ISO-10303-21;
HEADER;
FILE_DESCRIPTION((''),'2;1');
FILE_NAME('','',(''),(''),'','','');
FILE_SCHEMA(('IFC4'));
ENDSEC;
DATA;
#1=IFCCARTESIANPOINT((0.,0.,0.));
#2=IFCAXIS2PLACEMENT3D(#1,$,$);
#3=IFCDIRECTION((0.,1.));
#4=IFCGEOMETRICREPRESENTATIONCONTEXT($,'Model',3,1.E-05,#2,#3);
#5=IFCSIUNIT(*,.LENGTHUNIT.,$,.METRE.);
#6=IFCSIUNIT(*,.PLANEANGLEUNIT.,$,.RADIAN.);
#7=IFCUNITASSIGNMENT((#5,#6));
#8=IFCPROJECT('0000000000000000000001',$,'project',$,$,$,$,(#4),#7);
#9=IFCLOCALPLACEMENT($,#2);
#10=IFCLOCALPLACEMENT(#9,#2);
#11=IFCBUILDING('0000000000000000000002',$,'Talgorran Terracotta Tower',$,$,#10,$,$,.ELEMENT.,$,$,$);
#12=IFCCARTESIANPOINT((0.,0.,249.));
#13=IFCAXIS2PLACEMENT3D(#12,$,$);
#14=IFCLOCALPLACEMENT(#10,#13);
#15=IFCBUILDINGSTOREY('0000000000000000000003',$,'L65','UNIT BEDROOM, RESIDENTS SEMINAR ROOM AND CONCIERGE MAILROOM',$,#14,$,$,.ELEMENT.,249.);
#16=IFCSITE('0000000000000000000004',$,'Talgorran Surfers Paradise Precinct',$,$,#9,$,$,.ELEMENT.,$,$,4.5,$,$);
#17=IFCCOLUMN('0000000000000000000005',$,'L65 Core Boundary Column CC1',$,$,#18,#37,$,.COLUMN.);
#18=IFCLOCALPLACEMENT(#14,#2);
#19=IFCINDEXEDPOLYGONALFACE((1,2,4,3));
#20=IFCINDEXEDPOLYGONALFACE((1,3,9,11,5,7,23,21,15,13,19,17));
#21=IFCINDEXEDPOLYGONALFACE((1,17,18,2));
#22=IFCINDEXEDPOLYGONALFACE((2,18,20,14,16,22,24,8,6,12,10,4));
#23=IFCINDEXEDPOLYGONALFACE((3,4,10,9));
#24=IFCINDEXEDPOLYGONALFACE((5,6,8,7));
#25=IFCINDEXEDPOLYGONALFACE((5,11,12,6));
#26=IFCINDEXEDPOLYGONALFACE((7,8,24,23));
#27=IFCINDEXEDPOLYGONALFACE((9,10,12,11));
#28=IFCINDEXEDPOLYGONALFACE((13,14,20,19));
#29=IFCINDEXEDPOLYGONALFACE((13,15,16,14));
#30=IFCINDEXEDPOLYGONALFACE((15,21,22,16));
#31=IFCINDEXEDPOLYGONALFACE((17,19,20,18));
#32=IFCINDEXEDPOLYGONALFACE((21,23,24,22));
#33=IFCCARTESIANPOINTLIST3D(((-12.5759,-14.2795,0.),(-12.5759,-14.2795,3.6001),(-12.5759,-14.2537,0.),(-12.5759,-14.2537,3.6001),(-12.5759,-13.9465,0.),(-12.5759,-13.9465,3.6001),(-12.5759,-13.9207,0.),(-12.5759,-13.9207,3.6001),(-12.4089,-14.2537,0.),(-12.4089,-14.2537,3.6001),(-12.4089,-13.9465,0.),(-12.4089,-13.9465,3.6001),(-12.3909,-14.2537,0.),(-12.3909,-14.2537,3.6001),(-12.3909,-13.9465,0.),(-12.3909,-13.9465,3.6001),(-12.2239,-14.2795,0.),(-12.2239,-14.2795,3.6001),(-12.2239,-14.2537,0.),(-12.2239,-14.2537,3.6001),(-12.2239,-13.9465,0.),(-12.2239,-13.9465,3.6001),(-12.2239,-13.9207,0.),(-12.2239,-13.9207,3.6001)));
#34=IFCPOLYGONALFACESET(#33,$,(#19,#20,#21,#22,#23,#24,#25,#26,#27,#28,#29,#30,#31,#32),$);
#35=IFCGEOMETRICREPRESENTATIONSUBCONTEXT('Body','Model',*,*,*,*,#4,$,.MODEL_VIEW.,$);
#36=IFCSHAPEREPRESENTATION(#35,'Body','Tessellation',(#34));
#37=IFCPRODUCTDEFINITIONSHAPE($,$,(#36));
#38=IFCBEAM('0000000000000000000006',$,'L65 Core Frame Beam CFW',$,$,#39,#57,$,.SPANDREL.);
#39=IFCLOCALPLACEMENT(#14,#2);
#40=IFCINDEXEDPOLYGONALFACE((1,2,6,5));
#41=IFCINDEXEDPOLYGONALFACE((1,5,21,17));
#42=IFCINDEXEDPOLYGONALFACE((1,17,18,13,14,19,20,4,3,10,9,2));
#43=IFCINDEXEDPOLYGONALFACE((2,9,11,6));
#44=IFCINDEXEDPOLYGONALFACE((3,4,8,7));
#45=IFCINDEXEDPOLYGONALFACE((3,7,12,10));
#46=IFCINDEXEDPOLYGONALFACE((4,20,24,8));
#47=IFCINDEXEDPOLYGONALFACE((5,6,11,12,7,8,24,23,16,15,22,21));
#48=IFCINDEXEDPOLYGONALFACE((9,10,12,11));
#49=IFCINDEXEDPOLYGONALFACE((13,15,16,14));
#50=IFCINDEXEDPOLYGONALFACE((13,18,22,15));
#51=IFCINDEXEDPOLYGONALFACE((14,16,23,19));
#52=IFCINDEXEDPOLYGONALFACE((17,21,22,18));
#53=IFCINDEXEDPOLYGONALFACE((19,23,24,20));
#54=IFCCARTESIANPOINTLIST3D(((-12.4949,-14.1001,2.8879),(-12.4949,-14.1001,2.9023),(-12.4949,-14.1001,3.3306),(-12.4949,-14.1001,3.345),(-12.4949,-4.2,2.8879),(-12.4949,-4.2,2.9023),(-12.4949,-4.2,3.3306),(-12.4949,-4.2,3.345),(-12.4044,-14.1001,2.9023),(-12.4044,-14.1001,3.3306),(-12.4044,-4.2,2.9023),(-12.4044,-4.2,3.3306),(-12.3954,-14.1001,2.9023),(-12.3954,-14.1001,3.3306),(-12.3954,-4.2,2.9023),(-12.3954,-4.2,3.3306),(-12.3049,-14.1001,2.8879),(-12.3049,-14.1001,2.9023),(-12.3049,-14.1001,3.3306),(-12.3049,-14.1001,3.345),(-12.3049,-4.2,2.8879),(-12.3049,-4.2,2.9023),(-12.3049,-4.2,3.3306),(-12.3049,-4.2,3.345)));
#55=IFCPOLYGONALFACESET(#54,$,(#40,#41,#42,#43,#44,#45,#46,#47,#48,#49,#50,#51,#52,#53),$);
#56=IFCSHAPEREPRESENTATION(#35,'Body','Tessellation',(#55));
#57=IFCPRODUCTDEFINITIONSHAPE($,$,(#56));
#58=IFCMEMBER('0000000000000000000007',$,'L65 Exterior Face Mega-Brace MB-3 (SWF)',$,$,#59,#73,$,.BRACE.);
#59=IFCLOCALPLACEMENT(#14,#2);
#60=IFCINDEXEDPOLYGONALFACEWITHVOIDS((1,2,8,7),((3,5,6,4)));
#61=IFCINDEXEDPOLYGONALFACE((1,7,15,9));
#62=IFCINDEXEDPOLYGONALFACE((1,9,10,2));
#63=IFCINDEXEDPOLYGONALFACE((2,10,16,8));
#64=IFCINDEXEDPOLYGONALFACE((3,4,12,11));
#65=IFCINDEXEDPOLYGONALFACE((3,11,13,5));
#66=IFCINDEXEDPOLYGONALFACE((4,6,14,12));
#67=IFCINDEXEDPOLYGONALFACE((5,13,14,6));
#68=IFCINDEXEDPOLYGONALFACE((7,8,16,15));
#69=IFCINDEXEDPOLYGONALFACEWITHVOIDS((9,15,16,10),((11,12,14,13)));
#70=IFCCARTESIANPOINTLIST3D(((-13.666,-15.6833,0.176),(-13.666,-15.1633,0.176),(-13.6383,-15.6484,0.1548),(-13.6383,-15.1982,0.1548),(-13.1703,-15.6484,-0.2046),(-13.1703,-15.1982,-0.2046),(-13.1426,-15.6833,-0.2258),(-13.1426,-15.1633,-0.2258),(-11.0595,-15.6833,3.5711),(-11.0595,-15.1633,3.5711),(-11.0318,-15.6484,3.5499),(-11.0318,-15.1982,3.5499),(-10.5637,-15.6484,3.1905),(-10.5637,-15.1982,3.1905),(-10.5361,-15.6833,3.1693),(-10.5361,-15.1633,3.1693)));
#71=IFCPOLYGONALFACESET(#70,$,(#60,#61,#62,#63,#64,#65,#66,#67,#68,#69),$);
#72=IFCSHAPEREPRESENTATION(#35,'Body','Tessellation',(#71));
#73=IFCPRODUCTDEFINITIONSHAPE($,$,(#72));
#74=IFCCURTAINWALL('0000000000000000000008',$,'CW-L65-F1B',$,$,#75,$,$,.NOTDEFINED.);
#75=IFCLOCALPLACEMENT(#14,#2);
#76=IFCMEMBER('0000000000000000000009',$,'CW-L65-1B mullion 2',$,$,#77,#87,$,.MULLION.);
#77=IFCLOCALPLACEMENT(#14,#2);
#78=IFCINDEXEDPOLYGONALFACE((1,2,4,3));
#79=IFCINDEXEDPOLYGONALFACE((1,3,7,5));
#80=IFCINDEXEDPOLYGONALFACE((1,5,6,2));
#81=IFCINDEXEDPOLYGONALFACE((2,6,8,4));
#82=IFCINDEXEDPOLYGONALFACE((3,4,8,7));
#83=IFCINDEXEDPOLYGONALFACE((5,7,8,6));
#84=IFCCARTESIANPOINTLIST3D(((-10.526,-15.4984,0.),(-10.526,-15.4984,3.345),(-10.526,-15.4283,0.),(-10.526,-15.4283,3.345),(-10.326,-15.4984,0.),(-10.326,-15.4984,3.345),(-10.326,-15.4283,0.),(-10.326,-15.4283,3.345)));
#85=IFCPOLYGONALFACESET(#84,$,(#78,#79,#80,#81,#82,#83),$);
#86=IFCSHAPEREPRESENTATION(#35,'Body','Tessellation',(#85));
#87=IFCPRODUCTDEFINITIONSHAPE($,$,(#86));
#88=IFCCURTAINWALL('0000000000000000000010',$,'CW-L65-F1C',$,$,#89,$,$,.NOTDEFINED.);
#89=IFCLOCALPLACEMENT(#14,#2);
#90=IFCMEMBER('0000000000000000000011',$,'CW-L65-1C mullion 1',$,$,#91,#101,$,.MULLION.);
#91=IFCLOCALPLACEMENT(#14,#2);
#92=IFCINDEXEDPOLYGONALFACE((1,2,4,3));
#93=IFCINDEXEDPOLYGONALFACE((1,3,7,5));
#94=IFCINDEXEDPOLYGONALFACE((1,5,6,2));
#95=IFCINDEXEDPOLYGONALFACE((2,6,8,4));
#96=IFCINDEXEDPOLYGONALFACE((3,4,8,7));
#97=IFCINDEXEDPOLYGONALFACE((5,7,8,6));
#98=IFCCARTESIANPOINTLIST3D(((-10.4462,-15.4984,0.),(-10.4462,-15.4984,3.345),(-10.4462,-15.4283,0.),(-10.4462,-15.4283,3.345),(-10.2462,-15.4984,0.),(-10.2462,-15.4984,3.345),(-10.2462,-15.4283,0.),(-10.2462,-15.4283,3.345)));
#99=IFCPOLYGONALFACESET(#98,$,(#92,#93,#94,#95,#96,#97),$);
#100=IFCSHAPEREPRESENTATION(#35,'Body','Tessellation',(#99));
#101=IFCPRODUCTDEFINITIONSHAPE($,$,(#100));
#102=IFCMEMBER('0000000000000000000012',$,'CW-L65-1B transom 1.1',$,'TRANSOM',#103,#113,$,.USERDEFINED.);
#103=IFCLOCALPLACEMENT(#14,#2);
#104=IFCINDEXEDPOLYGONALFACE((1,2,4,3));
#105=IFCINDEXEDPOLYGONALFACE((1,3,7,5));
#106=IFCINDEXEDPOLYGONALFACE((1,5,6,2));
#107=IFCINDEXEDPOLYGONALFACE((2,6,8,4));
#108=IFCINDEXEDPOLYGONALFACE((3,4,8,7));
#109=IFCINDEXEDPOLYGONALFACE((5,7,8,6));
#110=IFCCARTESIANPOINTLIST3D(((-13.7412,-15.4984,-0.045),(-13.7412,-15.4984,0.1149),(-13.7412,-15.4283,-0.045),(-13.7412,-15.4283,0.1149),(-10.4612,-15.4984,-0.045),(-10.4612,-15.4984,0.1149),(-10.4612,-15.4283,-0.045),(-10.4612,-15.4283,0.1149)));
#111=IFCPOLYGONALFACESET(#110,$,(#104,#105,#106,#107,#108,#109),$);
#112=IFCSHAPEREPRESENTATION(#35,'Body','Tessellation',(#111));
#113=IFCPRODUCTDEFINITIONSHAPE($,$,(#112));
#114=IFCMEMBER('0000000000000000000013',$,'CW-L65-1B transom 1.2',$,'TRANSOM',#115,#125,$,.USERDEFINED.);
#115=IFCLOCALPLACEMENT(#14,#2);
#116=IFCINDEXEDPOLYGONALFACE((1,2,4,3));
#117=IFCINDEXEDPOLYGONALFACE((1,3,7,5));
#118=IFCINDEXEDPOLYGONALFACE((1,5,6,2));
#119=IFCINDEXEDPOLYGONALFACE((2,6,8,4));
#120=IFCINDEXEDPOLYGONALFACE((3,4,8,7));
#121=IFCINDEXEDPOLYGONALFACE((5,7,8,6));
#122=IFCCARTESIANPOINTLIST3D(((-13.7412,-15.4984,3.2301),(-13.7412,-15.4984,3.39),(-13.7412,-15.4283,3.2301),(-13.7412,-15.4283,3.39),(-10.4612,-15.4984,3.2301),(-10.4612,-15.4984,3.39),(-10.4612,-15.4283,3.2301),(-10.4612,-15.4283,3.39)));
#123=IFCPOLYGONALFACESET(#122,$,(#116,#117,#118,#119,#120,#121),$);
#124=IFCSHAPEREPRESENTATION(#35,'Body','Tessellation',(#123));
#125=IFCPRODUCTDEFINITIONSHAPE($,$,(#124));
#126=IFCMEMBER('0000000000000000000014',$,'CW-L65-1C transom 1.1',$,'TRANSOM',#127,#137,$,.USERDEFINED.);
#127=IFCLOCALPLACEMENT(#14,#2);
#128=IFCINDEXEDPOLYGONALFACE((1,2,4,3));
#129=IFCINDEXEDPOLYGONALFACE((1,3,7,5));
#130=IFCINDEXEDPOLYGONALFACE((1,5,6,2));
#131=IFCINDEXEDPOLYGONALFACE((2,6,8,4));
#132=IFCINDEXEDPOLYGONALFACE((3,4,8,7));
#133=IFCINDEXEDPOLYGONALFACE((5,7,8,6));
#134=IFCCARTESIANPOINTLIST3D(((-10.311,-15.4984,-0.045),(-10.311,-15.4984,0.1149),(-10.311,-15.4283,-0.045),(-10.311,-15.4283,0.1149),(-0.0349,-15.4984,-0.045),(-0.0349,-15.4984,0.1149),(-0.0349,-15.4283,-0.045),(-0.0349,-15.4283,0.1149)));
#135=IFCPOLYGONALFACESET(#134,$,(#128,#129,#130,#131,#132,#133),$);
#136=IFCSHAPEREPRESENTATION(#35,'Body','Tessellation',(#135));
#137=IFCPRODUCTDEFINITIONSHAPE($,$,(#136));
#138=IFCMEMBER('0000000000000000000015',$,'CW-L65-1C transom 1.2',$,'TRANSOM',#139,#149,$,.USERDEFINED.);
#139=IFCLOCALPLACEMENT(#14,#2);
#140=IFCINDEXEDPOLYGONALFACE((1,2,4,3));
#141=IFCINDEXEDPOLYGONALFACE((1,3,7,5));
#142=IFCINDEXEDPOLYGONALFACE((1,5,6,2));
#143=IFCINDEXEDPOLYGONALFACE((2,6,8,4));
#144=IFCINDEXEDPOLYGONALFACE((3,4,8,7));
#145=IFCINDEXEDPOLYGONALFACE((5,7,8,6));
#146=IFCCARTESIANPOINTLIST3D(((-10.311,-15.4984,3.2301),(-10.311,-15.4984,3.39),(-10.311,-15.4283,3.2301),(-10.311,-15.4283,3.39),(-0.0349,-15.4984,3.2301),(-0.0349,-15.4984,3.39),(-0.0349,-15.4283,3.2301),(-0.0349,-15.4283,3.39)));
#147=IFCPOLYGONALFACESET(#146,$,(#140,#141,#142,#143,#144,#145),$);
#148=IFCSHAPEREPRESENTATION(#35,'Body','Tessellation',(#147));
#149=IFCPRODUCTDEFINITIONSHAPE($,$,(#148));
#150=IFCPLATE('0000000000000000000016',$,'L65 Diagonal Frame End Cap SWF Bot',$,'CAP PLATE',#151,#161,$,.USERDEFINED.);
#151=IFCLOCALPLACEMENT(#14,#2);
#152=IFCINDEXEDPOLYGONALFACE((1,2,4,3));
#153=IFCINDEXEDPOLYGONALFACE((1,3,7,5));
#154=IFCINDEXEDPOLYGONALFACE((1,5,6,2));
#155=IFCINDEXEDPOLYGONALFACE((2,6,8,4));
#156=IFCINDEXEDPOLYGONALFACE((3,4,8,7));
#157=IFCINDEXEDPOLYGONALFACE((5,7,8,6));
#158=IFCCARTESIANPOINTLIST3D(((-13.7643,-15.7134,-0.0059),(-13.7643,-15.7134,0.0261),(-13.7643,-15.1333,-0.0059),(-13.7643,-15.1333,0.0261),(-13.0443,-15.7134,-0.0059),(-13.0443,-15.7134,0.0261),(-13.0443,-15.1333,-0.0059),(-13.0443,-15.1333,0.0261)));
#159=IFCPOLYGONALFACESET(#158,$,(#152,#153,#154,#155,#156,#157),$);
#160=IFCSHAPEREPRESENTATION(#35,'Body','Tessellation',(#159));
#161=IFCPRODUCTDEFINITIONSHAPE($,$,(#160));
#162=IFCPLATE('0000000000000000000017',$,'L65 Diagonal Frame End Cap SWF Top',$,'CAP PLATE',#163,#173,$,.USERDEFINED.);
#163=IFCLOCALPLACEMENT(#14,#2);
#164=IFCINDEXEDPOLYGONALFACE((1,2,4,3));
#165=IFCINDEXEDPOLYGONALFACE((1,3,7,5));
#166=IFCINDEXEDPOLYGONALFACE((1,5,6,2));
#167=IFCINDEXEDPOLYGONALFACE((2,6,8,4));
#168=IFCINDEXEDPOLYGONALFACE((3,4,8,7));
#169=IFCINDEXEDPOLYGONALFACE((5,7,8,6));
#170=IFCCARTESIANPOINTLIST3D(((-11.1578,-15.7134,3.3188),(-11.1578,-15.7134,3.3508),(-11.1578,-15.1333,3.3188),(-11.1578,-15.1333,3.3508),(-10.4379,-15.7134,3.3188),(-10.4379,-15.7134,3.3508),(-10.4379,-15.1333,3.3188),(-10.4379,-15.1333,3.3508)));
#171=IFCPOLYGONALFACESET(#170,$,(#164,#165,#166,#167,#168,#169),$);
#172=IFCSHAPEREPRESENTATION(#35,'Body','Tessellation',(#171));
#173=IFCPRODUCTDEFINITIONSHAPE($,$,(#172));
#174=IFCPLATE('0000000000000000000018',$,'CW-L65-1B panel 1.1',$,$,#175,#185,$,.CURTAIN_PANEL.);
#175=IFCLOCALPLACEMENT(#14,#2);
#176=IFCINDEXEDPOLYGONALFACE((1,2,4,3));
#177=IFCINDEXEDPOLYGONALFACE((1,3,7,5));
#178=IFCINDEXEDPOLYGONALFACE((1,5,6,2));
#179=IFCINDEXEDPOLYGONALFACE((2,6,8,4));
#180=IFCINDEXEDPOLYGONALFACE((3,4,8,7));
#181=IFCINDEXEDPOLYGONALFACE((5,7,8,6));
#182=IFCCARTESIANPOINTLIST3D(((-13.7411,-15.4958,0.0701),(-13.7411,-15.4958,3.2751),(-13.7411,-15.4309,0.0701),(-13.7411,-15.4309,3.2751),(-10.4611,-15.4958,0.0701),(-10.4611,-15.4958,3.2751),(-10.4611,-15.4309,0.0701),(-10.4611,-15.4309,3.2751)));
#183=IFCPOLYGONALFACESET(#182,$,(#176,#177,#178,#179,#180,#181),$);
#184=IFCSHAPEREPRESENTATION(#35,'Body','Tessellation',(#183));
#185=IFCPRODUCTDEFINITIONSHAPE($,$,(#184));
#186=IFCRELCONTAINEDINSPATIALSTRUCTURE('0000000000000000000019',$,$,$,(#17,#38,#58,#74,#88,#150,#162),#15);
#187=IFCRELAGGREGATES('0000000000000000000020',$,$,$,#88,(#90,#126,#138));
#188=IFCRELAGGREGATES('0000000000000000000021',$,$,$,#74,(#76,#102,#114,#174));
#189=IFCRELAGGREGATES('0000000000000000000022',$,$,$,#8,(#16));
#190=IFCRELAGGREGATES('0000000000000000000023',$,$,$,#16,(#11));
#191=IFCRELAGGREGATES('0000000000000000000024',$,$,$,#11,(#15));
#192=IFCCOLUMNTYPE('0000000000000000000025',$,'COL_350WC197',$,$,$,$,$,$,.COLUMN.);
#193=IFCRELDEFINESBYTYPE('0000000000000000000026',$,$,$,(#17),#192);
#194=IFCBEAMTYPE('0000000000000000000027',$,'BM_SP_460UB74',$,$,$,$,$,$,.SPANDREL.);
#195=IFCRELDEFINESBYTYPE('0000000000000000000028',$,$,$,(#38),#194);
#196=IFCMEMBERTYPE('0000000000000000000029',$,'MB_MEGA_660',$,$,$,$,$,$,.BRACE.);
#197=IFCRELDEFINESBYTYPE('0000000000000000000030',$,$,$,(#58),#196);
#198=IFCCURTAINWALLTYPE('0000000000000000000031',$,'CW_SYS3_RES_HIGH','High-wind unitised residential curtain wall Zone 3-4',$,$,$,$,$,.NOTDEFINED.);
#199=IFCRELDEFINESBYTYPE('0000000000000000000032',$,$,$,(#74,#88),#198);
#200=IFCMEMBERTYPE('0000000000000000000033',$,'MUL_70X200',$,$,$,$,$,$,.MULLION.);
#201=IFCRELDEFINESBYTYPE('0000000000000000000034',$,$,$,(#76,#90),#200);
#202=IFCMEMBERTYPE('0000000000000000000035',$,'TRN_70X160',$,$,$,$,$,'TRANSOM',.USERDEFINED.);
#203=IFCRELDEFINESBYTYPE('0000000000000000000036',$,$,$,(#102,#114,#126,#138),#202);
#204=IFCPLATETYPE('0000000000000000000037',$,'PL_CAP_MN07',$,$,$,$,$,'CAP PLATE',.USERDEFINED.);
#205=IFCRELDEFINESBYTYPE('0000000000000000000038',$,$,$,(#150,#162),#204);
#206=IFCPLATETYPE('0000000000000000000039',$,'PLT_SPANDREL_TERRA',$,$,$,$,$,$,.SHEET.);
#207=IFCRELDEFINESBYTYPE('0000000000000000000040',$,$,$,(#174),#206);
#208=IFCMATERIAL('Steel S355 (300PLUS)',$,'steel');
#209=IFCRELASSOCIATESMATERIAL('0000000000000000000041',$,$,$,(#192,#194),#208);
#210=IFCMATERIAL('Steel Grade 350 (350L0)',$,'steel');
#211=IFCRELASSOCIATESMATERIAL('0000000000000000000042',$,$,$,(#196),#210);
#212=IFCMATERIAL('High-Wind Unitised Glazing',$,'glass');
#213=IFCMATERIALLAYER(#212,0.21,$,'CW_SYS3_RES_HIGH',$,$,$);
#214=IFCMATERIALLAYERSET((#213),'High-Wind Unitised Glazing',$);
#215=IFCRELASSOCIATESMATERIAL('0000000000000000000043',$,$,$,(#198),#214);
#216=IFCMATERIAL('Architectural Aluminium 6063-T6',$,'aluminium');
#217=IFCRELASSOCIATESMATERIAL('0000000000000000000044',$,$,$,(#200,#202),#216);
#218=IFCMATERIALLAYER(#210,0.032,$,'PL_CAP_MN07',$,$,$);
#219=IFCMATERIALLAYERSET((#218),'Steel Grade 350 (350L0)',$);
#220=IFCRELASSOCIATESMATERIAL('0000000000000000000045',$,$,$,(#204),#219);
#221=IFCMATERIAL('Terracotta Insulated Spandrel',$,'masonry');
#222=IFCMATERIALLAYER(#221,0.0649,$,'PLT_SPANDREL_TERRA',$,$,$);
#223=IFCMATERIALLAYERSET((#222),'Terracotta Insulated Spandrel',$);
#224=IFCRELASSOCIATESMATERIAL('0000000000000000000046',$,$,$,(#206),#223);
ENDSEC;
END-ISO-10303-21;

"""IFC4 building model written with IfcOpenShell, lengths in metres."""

from ifc_helpers import new_model, si_unit, direction, frame, origin, origin_2d, place, context, subcontext, project, spatial, rectangle, hollow_rectangle, i_section, extrude, source, transform, mapped, material, layer, layer_set, material_profile, profile_set, type_object, type_shapes, element, aggregate, save


model = new_model("IFC4")

# Units and contexts
model_context = context("Model", 3, precision=1e-05, world=origin(), true_north=direction((0.0, 1.0)))
body_context = subcontext(model_context, "Body", "Model", "MODEL_VIEW")
ifc_project = project(units=[si_unit("LENGTHUNIT", "METRE"), si_unit("PLANEANGLEUNIT", "RADIAN")], contexts=[model_context])

# Site, building, storey
site_placement = place(None, origin())
site = spatial("IfcSite", under=ifc_project, at=site_placement, Name="Talgorran Surfers Paradise Precinct", CompositionType="ELEMENT", RefElevation=4.5)
building_placement = place(site_placement, origin())
building = spatial("IfcBuilding", under=site, at=building_placement, Name="Talgorran Terracotta Tower", CompositionType="ELEMENT")
storey_placement = place(building_placement, frame((0.0, 0.0, 249.0)))
storey = spatial("IfcBuildingStorey", under=building, at=storey_placement, Name="L65", Description="UNIT BEDROOM, RESIDENTS SEMINAR ROOM AND CONCIERGE MAILROOM", CompositionType="ELEMENT", Elevation=249.0)

# Column
ifc_material_1 = material(Name="Steel S355 (300PLUS)", Category="steel")
ifc_material_profile_1 = material_profile(ifc_material_1, i_section(OverallWidth=0.3521, OverallDepth=0.3589, WebThickness=0.0181, FlangeThickness=0.0259, at=origin_2d()), Name="350WC197")
ifc_profile_set_1 = profile_set([ifc_material_profile_1], Name="Steel S355 (300PLUS)")
column_type = type_object("IfcColumnType", Name="COL_350WC197", PredefinedType="COLUMN", material=ifc_profile_set_1)
column_placement = place(storey_placement, frame((-12.3999, -14.1001, 0.0), z_axis=(0.0, 0.0, 1.0), x_axis=(1.0, 0.0, 0.0)))
element("IfcColumn", 1, at=column_placement, inside=storey, type_object=column_type, Name="L65 Core Boundary Column CC1", PredefinedType="COLUMN", context=body_context, shape_type="SweptSolid", body=[
    extrude(i_section(OverallWidth=0.3521, OverallDepth=0.3589, WebThickness=0.0181, FlangeThickness=0.0259, at=origin_2d()), origin(), (0.0, 0.0, 1.0), 3.6001),
])

# Beam
ifc_material_profile_2 = material_profile(ifc_material_1, i_section(OverallWidth=0.1899, OverallDepth=0.457, WebThickness=0.009, FlangeThickness=0.0144, at=origin_2d()), Name="460UB74.6")
ifc_profile_set_2 = profile_set([ifc_material_profile_2], Name="Steel S355 (300PLUS)")
beam_type = type_object("IfcBeamType", Name="BM_SP_460UB74", PredefinedType="SPANDREL", material=ifc_profile_set_2)
beam_placement = place(storey_placement, frame((-12.3999, -14.1001, 3.1165), z_axis=(0.0, 1.0, 0.0), x_axis=(-1.0, 0.0, 0.0)))
element("IfcBeam", 2, at=beam_placement, inside=storey, type_object=beam_type, Name="L65 Core Frame Beam CFW", PredefinedType="SPANDREL", context=body_context, shape_type="SweptSolid", body=[
    extrude(i_section(OverallWidth=0.1899, OverallDepth=0.457, WebThickness=0.009, FlangeThickness=0.0144, at=origin_2d()), origin(), (0.0, 0.0, 1.0), 9.9001),
])

# Member
ifc_material_2 = material(Name="Steel Grade 350 (350L0)", Category="steel")
ifc_material_profile_3 = material_profile(ifc_material_2, hollow_rectangle(XDim=0.52, YDim=0.6599, WallThickness=0.0349, at=origin_2d()), Name="WBOX660X520X35")
ifc_profile_set_3 = profile_set([ifc_material_profile_3], Name="Steel Grade 350 (350L0)")
member_type_1 = type_object("IfcMemberType", Name="MB_MEGA_660", PredefinedType="BRACE", material=ifc_profile_set_3)
member_1_placement = place(storey_placement, frame((-13.4043, -15.4233, -0.0249), z_axis=(0.608961, 0.0, 0.7932), x_axis=(0.0, 1.0, 0.0)))
element("IfcMember", 3, at=member_1_placement, inside=storey, type_object=member_type_1, Name="L65 Exterior Face Mega-Brace MB-3 (SWF)", PredefinedType="BRACE", context=body_context, shape_type="SweptSolid", body=[
    extrude(hollow_rectangle(XDim=0.52, YDim=0.6599, WallThickness=0.0349, at=origin_2d()), origin(), (0.0, 0.0, 1.0), 4.2803),
])

# Curtain walls, members
ifc_material_3 = material(Name="High-Wind Unitised Glazing", Category="glass")
ifc_layer_1 = layer(ifc_material_3, 0.21, Name="CW_SYS3_RES_HIGH")
ifc_layer_set_1 = layer_set([ifc_layer_1], Name="High-Wind Unitised Glazing")
curtain_wall_type = type_object("IfcCurtainWallType", Name="CW_SYS3_RES_HIGH", Description="High-wind unitised residential curtain wall Zone 3-4", PredefinedType="NOTDEFINED", material=ifc_layer_set_1)
curtain_wall_1_placement = place(storey_placement, origin())
curtain_wall_1 = element("IfcCurtainWall", 4, at=curtain_wall_1_placement, inside=storey, type_object=curtain_wall_type, Name="CW-L65-F1B", PredefinedType="NOTDEFINED")
ifc_material_4 = material(Name="Architectural Aluminium 6063-T6", Category="aluminium")
ifc_material_profile_4 = material_profile(ifc_material_4, rectangle(XDim=0.0701, YDim=0.2, at=origin_2d()), Name="CWM70X200")
ifc_profile_set_4 = profile_set([ifc_material_profile_4], Name="Architectural Aluminium 6063-T6")
member_type_2 = type_object("IfcMemberType", Name="MUL_70X200", PredefinedType="MULLION", material=ifc_profile_set_4)
member_2_placement = place(storey_placement, frame((-10.426, -15.4634, 0.0), z_axis=(0.0, 0.0, 1.0), x_axis=(0.0, 1.0, 0.0)))
member_2 = element("IfcMember", 5, at=member_2_placement, type_object=member_type_2, Name="CW-L65-1B mullion 2", PredefinedType="MULLION", context=body_context, shape_type="SweptSolid", body=[
    extrude(rectangle(XDim=0.0701, YDim=0.2, at=origin_2d()), origin(), (0.0, 0.0, 1.0), 3.345),
])
curtain_wall_2_placement = place(storey_placement, origin())
curtain_wall_2 = element("IfcCurtainWall", 6, at=curtain_wall_2_placement, inside=storey, type_object=curtain_wall_type, Name="CW-L65-F1C", PredefinedType="NOTDEFINED")
member_3_placement = place(storey_placement, frame((-10.3462, -15.4634, 0.0), z_axis=(0.0, 0.0, 1.0), x_axis=(0.0, 1.0, 0.0)))
member_3 = element("IfcMember", 7, at=member_3_placement, type_object=member_type_2, Name="CW-L65-1C mullion 1", PredefinedType="MULLION", context=body_context, shape_type="SweptSolid", body=[
    extrude(rectangle(XDim=0.0701, YDim=0.2, at=origin_2d()), origin(), (0.0, 0.0, 1.0), 3.345),
])

# Members
ifc_material_profile_5 = material_profile(ifc_material_4, rectangle(XDim=0.0701, YDim=0.1599, at=origin_2d()), Name="CWT70X160")
ifc_profile_set_5 = profile_set([ifc_material_profile_5], Name="Architectural Aluminium 6063-T6")
member_type_3 = type_object("IfcMemberType", Name="TRN_70X160", ElementType="TRANSOM", PredefinedType="USERDEFINED", material=ifc_profile_set_5)
member_4_placement = place(storey_placement, frame((-13.7412, -15.4634, 0.0349), z_axis=(1.0, 0.0, 0.0), x_axis=(0.0, 1.0, 0.0)))
member_4 = element("IfcMember", 8, at=member_4_placement, type_object=member_type_3, Name="CW-L65-1B transom 1.1", ObjectType="TRANSOM", PredefinedType="USERDEFINED", context=body_context, shape_type="SweptSolid", body=[
    extrude(rectangle(XDim=0.0701, YDim=0.1599, at=origin_2d()), origin(), (0.0, 0.0, 1.0), 3.28),
])
member_5_placement = place(storey_placement, frame((-13.7412, -15.4634, 3.3101), z_axis=(1.0, 0.0, 0.0), x_axis=(0.0, 1.0, 0.0)))
member_5 = element("IfcMember", 9, at=member_5_placement, type_object=member_type_3, Name="CW-L65-1B transom 1.2", ObjectType="TRANSOM", PredefinedType="USERDEFINED", context=body_context, shape_type="SweptSolid", body=[
    extrude(rectangle(XDim=0.0701, YDim=0.1599, at=origin_2d()), origin(), (0.0, 0.0, 1.0), 3.28),
])
member_6_placement = place(storey_placement, frame((-10.311, -15.4634, 0.0349), z_axis=(1.0, 0.0, 0.0), x_axis=(0.0, 1.0, 0.0)))
member_6 = element("IfcMember", 10, at=member_6_placement, type_object=member_type_3, Name="CW-L65-1C transom 1.1", ObjectType="TRANSOM", PredefinedType="USERDEFINED", context=body_context, shape_type="SweptSolid", body=[
    extrude(rectangle(XDim=0.0701, YDim=0.1599, at=origin_2d()), origin(), (0.0, 0.0, 1.0), 10.2761),
])
member_7_placement = place(storey_placement, frame((-10.311, -15.4634, 3.3101), z_axis=(1.0, 0.0, 0.0), x_axis=(0.0, 1.0, 0.0)))
member_7 = element("IfcMember", 11, at=member_7_placement, type_object=member_type_3, Name="CW-L65-1C transom 1.2", ObjectType="TRANSOM", PredefinedType="USERDEFINED", context=body_context, shape_type="SweptSolid", body=[
    extrude(rectangle(XDim=0.0701, YDim=0.1599, at=origin_2d()), origin(), (0.0, 0.0, 1.0), 10.2761),
])
aggregate(curtain_wall_2, [member_3, member_6, member_7])

# Plates
ifc_layer_2 = layer(ifc_material_2, 0.032, Name="PL_CAP_MN07")
ifc_layer_set_2 = layer_set([ifc_layer_2], Name="Steel Grade 350 (350L0)")
plate_type_1 = type_object("IfcPlateType", Name="PL_CAP_MN07", ElementType="CAP PLATE", PredefinedType="USERDEFINED", material=ifc_layer_set_2)
for number, where, z_axis, x_axis, name in (
    (12, (-13.4043, -15.4233, -0.0059), (0.0, 0.0, 1.0), (1.0, 0.0, 0.0), "L65 Diagonal Frame End Cap SWF Bot"),
    (13, (-10.7979, -15.4233, 3.3188), (0.0, 0.0, 1.0), (1.0, 0.0, 0.0), "L65 Diagonal Frame End Cap SWF Top"),
):
    element("IfcPlate", number, at=place(storey_placement, frame(where, z_axis=z_axis, x_axis=x_axis)), inside=storey, type_object=plate_type_1, Name=name, ObjectType="CAP PLATE", PredefinedType="USERDEFINED", context=body_context, shape_type="SweptSolid", body=[
        extrude(rectangle(XDim=0.72, YDim=0.5801, at=origin_2d()), origin(), (0.0, 0.0, 1.0), 0.032),
    ])

# Plate
ifc_material_5 = material(Name="Terracotta Insulated Spandrel", Category="masonry")
ifc_layer_3 = layer(ifc_material_5, 0.0649, Name="PLT_SPANDREL_TERRA")
ifc_layer_set_3 = layer_set([ifc_layer_3], Name="Terracotta Insulated Spandrel")
plate_type_2 = type_object("IfcPlateType", Name="PLT_SPANDREL_TERRA", PredefinedType="SHEET", material=ifc_layer_set_3)
shared_shape = source(origin(), body_context, "Body", "SweptSolid", [
    extrude(rectangle(XDim=3.28, YDim=0.0649, at=origin_2d()), origin(), (0.0, 0.0, 1.0), 3.2051),
])
type_shapes(plate_type_2, [shared_shape])
plate_placement = place(storey_placement, frame((-12.1011, -15.4634, 0.0701), z_axis=(0.0, 0.0, 1.0), x_axis=(1.0, 0.0, 0.0)))
plate = element("IfcPlate", 14, at=plate_placement, type_object=plate_type_2, Name="CW-L65-1B panel 1.1", PredefinedType="CURTAIN_PANEL", context=body_context, shape_type="MappedRepresentation", body=[
    mapped(shared_shape, transform((0.0, 0.0, 0.0), scale=1.0)),
])
aggregate(curtain_wall_1, [member_2, member_4, member_5, plate])

save(model, "model.ifc")
